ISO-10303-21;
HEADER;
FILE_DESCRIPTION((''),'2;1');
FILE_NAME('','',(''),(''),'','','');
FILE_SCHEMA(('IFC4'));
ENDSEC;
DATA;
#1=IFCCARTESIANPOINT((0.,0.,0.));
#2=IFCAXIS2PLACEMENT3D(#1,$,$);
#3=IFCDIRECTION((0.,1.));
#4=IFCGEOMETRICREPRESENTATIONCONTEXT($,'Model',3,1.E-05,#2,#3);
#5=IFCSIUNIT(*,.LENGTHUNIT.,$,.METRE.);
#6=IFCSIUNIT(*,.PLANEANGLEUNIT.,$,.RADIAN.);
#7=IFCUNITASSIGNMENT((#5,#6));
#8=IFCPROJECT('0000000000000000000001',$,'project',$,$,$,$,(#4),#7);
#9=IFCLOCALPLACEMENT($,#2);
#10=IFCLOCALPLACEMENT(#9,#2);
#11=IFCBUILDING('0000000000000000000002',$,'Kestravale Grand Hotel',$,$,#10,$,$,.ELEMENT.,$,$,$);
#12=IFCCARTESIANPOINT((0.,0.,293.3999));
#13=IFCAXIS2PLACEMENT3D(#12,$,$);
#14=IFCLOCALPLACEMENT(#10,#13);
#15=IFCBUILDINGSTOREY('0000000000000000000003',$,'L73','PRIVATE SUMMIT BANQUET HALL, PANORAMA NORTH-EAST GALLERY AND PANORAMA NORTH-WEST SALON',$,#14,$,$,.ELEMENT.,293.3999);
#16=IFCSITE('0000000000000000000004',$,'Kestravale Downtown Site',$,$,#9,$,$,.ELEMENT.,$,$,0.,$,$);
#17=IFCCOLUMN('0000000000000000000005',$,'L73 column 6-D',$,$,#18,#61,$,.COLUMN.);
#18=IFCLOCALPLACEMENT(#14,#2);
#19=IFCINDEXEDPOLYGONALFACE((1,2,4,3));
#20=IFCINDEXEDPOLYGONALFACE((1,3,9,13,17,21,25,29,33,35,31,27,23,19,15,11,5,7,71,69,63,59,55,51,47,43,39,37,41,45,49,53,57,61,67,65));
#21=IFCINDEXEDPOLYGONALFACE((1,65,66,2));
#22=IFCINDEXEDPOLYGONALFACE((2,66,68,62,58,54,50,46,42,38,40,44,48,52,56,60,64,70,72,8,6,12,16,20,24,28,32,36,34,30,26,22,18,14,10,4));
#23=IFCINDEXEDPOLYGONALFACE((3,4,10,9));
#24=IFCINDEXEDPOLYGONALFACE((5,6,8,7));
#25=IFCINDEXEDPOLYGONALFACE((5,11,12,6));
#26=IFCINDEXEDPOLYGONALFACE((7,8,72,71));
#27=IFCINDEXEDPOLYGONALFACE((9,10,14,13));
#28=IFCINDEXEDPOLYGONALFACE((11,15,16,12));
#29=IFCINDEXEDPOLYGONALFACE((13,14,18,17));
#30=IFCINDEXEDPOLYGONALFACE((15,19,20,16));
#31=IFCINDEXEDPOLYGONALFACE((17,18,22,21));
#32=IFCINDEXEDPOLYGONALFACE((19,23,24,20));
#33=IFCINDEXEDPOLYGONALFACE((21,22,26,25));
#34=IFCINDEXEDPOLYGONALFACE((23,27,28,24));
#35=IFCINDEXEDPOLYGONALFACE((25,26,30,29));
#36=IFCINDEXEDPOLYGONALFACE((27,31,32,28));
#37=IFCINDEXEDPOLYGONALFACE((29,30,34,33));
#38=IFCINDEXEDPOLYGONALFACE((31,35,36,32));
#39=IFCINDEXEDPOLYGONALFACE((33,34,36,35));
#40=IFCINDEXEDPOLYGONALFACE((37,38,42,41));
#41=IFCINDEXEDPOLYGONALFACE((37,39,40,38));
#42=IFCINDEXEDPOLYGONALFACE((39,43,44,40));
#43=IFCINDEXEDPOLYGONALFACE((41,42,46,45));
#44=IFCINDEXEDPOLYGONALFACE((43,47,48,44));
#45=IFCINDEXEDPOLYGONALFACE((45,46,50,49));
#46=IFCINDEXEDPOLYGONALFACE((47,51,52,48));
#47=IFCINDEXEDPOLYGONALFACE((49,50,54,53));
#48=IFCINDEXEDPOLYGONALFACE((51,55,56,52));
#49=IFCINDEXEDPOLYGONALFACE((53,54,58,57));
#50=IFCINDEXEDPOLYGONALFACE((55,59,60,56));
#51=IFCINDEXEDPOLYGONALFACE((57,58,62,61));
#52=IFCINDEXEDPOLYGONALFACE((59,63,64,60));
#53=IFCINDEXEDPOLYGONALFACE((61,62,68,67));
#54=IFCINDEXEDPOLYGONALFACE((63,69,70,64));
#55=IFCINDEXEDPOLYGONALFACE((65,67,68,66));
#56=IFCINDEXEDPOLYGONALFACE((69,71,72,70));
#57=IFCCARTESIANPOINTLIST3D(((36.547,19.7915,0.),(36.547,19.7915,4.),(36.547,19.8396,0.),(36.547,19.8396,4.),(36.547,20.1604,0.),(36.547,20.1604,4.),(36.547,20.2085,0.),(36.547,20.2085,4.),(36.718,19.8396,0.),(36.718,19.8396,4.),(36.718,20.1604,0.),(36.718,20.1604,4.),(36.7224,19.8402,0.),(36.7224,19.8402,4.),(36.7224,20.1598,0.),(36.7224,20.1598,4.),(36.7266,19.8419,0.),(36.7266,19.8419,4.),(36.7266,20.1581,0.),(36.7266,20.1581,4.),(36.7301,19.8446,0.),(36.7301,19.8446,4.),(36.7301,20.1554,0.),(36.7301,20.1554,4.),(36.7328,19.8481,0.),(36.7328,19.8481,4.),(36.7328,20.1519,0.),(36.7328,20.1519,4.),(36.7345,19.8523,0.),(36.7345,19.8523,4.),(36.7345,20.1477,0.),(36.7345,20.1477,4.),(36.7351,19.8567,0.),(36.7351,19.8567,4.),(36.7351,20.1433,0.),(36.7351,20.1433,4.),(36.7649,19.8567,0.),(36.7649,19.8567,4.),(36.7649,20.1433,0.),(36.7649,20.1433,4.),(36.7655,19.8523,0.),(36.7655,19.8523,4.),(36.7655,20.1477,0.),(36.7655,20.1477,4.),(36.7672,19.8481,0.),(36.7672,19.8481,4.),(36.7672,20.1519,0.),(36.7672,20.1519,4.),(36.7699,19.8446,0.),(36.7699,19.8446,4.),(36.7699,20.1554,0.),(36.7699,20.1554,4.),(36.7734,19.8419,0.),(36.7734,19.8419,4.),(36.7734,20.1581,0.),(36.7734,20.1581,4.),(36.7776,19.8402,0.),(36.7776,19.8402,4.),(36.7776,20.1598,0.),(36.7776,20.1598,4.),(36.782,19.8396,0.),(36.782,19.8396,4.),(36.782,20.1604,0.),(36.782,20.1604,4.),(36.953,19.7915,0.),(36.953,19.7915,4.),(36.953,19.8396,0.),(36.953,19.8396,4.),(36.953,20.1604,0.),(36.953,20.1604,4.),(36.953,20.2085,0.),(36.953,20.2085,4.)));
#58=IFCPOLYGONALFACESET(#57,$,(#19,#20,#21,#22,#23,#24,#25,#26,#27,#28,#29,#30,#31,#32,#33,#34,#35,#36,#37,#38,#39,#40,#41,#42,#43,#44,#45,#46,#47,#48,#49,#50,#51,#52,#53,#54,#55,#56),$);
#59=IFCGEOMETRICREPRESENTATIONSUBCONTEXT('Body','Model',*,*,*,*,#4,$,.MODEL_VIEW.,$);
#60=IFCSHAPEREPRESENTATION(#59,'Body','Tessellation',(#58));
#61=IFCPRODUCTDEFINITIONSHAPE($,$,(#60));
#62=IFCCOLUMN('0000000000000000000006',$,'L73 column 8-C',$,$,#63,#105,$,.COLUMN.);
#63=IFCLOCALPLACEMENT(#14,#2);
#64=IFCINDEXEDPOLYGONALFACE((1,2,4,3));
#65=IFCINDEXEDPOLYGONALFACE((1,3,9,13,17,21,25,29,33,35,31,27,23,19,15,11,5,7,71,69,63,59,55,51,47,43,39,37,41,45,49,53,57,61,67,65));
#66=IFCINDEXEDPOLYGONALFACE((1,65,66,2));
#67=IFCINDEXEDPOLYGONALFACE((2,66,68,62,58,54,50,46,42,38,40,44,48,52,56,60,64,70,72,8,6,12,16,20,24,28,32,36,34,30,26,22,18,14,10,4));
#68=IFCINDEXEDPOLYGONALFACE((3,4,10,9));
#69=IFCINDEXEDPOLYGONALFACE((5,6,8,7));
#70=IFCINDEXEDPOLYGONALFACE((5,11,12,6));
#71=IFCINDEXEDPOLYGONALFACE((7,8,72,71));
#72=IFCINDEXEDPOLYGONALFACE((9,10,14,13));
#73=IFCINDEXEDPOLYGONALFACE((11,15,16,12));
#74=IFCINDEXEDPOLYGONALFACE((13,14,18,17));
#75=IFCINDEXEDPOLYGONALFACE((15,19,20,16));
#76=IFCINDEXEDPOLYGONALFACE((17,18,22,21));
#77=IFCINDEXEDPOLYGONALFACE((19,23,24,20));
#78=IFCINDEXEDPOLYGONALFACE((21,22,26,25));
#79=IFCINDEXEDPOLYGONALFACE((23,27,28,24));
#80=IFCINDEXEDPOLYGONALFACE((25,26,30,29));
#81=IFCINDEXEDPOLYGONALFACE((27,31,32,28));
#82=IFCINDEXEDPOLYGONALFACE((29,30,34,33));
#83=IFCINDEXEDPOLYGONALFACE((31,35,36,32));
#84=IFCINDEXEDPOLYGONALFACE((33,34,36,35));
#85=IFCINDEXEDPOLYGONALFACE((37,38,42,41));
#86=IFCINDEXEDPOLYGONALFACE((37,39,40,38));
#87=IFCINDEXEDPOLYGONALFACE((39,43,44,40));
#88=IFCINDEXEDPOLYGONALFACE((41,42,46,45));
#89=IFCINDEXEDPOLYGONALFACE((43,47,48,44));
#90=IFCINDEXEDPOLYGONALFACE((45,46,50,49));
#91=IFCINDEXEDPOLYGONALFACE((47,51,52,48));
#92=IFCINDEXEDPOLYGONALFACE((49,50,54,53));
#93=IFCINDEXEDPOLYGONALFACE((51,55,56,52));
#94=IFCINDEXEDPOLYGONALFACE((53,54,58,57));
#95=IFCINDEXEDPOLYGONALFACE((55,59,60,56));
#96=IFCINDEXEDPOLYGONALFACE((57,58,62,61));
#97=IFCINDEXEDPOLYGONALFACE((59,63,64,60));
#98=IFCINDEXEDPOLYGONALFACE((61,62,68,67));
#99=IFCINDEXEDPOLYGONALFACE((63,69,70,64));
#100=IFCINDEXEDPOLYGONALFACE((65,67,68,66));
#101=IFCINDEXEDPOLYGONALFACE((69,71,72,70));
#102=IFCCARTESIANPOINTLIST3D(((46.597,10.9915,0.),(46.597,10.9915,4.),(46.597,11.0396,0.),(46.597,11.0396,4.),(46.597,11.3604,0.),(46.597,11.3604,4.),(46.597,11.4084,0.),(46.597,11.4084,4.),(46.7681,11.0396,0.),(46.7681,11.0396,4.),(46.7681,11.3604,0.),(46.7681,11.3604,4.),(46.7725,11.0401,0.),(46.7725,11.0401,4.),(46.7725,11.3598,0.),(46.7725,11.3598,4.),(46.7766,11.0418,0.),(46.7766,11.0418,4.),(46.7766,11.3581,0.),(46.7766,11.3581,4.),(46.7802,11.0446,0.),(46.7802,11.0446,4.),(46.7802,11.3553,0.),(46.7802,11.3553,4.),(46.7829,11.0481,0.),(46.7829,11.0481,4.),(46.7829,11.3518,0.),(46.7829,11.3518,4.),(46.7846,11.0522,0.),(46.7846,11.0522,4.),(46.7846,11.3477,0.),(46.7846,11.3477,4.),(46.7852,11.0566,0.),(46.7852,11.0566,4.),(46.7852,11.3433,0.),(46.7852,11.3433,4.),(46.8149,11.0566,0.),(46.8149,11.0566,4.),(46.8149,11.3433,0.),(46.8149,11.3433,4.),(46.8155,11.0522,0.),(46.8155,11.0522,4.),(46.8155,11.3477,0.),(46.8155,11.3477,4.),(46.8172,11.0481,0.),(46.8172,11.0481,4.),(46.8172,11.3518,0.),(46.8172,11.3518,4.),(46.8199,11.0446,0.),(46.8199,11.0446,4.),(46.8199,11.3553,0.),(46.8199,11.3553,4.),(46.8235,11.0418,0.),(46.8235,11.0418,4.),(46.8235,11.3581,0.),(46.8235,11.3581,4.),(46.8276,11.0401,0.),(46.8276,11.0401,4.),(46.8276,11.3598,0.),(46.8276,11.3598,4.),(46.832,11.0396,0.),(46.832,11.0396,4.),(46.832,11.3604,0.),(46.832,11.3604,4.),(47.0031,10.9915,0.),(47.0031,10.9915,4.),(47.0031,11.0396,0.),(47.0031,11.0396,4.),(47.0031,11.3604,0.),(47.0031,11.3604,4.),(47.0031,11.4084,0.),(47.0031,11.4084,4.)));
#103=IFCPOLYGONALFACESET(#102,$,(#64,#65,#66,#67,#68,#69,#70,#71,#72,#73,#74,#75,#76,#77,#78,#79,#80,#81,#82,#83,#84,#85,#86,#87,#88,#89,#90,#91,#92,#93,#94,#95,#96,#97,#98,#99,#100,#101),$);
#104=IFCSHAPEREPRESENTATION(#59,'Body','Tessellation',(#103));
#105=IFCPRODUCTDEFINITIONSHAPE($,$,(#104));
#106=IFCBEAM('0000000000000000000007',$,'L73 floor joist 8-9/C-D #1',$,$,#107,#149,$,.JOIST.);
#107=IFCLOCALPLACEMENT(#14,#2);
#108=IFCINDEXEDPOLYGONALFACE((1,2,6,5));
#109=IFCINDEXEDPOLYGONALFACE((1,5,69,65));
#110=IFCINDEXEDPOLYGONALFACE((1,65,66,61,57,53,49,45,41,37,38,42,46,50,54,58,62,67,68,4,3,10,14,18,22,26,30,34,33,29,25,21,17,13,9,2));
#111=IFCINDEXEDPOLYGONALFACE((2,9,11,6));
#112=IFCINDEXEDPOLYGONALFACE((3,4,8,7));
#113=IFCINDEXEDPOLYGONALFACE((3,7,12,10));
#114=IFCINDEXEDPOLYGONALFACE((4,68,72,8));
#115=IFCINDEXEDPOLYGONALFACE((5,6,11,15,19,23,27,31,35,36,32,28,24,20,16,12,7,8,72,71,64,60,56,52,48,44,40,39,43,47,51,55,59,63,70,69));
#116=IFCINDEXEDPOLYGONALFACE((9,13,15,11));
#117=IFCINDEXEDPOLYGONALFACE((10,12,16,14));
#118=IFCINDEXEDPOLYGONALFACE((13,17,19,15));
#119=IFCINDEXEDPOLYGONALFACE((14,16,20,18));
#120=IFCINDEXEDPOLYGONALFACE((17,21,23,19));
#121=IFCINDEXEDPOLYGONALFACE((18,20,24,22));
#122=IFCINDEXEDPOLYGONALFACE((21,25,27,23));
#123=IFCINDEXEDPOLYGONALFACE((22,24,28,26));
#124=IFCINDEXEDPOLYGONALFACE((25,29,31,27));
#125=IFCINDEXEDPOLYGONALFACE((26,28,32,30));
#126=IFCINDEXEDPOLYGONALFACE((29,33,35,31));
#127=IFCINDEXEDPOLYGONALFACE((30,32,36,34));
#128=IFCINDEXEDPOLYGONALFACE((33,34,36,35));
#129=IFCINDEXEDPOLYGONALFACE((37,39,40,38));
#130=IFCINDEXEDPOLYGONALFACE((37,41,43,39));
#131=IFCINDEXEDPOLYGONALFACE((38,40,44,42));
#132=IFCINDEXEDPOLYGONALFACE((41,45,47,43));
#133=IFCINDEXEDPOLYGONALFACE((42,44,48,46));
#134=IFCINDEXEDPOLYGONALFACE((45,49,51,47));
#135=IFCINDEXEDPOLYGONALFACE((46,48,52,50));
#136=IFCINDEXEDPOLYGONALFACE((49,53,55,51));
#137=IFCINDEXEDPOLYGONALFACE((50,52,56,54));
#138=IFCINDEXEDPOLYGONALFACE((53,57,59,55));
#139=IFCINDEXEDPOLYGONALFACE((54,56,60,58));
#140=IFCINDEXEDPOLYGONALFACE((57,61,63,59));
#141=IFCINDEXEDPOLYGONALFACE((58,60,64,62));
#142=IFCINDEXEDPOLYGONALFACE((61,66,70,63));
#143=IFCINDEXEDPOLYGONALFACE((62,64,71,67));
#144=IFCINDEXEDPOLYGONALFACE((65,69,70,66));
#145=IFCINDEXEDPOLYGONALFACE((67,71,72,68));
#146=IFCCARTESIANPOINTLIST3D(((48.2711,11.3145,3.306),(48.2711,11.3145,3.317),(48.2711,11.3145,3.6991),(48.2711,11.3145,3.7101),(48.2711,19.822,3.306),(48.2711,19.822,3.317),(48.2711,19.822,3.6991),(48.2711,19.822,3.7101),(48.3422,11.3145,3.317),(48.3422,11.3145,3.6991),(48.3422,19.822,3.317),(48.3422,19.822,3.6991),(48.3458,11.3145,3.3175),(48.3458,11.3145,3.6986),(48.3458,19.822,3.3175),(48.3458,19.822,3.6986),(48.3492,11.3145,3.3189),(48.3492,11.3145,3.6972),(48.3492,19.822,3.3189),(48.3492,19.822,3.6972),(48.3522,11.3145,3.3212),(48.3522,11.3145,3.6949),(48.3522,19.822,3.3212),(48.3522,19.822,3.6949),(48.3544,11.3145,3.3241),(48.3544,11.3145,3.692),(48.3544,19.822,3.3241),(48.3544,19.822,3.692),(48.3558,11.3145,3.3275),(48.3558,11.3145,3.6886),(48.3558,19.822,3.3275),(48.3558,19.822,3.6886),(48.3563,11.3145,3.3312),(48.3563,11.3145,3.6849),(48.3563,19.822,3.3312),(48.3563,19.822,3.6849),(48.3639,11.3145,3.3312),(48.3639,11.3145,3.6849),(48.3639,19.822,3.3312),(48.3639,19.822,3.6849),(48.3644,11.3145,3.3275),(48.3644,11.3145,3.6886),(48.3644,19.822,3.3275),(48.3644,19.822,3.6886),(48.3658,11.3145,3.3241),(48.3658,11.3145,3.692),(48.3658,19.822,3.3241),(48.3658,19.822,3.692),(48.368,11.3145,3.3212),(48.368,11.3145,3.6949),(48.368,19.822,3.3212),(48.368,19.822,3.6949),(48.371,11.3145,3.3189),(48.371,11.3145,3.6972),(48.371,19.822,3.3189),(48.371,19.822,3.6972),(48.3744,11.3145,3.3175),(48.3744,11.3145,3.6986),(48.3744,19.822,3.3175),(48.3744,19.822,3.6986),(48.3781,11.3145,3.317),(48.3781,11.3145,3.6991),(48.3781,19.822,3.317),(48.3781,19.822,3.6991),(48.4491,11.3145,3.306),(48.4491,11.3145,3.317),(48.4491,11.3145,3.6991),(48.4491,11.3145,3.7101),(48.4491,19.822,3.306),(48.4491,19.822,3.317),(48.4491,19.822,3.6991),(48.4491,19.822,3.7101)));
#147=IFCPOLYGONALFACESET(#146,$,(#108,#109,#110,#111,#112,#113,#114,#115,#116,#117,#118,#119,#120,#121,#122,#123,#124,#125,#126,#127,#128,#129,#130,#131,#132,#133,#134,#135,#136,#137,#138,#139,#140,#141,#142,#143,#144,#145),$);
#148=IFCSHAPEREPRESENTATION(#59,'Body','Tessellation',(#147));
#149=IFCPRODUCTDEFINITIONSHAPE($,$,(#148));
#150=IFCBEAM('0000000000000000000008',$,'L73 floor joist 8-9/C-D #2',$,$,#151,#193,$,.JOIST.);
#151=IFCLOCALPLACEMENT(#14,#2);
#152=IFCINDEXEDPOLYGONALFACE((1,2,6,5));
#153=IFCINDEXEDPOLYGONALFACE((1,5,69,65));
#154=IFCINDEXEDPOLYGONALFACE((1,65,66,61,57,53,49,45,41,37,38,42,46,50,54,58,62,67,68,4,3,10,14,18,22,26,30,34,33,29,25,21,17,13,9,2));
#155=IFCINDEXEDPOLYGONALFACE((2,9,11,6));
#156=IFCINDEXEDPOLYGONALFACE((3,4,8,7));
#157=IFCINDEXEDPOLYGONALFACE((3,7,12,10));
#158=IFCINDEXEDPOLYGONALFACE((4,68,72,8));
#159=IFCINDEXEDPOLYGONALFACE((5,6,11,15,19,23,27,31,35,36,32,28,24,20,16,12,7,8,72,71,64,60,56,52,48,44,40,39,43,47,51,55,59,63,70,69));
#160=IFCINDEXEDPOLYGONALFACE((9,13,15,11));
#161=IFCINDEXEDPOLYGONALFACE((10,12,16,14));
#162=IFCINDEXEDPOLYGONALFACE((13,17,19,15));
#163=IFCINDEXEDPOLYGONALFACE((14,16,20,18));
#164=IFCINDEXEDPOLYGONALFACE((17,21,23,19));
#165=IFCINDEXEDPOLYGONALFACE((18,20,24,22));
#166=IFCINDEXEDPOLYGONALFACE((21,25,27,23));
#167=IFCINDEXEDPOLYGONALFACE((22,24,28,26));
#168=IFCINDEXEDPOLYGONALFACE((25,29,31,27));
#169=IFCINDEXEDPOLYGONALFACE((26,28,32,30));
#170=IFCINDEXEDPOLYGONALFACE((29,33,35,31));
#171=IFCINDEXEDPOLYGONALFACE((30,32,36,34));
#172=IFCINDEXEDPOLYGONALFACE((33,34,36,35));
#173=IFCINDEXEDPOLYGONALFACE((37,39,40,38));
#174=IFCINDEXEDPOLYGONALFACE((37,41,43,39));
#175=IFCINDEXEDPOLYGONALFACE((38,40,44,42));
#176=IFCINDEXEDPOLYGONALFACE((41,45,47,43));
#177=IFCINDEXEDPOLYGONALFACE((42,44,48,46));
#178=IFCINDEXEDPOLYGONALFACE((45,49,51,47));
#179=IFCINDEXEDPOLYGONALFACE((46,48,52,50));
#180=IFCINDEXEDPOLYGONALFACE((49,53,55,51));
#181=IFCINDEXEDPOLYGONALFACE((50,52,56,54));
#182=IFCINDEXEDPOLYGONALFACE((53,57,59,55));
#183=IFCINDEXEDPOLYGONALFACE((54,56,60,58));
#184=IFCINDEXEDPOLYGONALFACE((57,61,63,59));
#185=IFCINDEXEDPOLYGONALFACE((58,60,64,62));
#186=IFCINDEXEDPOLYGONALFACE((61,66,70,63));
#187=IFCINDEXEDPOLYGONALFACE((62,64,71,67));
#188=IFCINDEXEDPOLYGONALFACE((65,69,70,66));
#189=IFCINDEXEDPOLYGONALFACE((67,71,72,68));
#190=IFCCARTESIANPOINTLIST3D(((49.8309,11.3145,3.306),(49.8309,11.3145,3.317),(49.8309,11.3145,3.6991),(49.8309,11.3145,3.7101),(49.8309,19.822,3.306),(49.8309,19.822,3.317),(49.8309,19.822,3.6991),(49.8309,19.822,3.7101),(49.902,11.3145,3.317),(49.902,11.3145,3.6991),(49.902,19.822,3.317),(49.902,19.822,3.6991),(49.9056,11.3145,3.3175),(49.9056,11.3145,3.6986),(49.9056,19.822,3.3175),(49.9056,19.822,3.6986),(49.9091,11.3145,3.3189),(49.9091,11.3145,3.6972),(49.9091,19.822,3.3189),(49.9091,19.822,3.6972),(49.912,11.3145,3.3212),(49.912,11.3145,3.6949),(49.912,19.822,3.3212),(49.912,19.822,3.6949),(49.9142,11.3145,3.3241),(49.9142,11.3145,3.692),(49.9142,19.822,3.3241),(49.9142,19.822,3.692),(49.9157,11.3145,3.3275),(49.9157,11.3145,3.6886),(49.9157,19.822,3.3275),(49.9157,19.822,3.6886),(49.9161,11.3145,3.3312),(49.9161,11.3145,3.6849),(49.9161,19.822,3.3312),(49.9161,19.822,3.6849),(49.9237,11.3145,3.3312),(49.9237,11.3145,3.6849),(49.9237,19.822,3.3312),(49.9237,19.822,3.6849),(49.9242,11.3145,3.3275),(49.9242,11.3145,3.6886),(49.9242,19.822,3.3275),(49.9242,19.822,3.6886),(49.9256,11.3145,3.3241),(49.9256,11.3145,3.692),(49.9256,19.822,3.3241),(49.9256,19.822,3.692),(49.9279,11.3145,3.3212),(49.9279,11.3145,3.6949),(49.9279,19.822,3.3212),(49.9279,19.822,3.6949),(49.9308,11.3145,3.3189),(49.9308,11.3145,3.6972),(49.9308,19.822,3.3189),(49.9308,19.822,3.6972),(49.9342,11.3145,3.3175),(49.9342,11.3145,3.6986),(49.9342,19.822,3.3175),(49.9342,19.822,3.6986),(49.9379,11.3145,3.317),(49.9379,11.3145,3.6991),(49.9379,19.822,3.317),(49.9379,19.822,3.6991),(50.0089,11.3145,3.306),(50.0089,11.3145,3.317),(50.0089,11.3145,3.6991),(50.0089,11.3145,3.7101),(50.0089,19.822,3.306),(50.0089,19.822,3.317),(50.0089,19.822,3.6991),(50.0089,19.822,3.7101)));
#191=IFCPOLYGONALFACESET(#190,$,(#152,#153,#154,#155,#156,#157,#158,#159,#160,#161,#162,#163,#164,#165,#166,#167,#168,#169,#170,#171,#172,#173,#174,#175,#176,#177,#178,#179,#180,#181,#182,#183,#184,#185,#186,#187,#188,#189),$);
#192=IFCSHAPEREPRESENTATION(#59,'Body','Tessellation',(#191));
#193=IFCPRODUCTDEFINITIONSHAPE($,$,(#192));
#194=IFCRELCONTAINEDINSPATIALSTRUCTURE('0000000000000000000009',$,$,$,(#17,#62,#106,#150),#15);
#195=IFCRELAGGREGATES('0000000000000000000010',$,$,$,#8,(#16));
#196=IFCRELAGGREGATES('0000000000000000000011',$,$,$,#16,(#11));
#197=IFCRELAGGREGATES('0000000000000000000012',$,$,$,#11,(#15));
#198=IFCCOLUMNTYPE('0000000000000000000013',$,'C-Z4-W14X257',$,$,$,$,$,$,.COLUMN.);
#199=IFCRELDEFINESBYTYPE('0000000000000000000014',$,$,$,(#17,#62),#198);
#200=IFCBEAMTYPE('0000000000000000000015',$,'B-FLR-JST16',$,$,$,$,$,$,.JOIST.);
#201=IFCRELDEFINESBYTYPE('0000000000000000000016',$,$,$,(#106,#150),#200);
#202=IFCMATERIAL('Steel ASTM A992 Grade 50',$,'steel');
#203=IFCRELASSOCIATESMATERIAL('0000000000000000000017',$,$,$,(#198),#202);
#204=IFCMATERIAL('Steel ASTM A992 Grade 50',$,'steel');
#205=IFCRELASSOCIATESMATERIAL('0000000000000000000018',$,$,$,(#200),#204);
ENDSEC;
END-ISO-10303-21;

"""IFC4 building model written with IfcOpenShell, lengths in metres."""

from ifc_helpers import new_model, si_unit, direction, frame, origin, origin_2d, place, context, subcontext, project, spatial, i_section, extrude, material, material_profile, profile_set, type_object, element, save


model = new_model("IFC4")

# Units and contexts
model_context = context("Model", 3, precision=1e-05, world=origin(), true_north=direction((0.0, 1.0)))
body_context = subcontext(model_context, "Body", "Model", "MODEL_VIEW")
ifc_project = project(units=[si_unit("LENGTHUNIT", "METRE"), si_unit("PLANEANGLEUNIT", "RADIAN")], contexts=[model_context])

# Site, building, storey
site_placement = place(None, origin())
site = spatial("IfcSite", under=ifc_project, at=site_placement, Name="Kestravale Downtown Site", CompositionType="ELEMENT", RefElevation=0.0)
building_placement = place(site_placement, origin())
building = spatial("IfcBuilding", under=site, at=building_placement, Name="Kestravale Grand Hotel", CompositionType="ELEMENT")
storey_placement = place(building_placement, frame((0.0, 0.0, 293.3999)))
storey = spatial("IfcBuildingStorey", under=building, at=storey_placement, Name="L73", Description="PRIVATE SUMMIT BANQUET HALL, PANORAMA NORTH-EAST GALLERY AND PANORAMA NORTH-WEST SALON", CompositionType="ELEMENT", Elevation=293.3999)

# Columns
ifc_material_1 = material(Name="Steel ASTM A992 Grade 50", Category="steel")
ifc_material_profile_1 = material_profile(ifc_material_1, i_section(OverallWidth=0.406, OverallDepth=0.417, WebThickness=0.0298, FlangeThickness=0.0481, FilletRadius=0.0171, at=origin_2d()))
ifc_profile_set_1 = profile_set([ifc_material_profile_1], Name="Steel ASTM A992 Grade 50")
column_type = type_object("IfcColumnType", Name="C-Z4-W14X257", PredefinedType="COLUMN", material=ifc_profile_set_1)
for number, where, z_axis, x_axis, name in (
    (1, (36.75, 20.0, 0.0), (0.0, 0.0, 1.0), (1.0, 0.0, 0.0), "L73 column 6-D"),
    (2, (46.8, 11.2, 0.0), (0.0, 0.0, 1.0), (1.0, 0.0, 0.0), "L73 column 8-C"),
):
    element("IfcColumn", number, at=place(storey_placement, frame(where, z_axis=z_axis, x_axis=x_axis)), inside=storey, type_object=column_type, Name=name, PredefinedType="COLUMN", context=body_context, shape_type="SweptSolid", body=[
        extrude(i_section(OverallWidth=0.406, OverallDepth=0.417, WebThickness=0.0298, FlangeThickness=0.0481, FilletRadius=0.0171, at=origin_2d()), origin(), (0.0, 0.0, 1.0), 4.0),
    ])

# Beams
ifc_material_2 = material(Name="Steel ASTM A992 Grade 50", Category="steel")
ifc_material_profile_2 = material_profile(ifc_material_2, i_section(OverallWidth=0.178, OverallDepth=0.4041, WebThickness=0.0076, FlangeThickness=0.011, FilletRadius=0.0142, at=origin_2d()))
ifc_profile_set_2 = profile_set([ifc_material_profile_2], Name="Steel ASTM A992 Grade 50")
beam_type_1 = type_object("IfcBeamType", Name="B-FLR-JST16", PredefinedType="JOIST", material=ifc_profile_set_2)
for number, where, z_axis, x_axis, name in (
    (3, (48.3601, 11.3145, 3.5081), (0.0, 1.0, 0.0), (-1.0, 0.0, 0.0), "L73 floor joist 8-9/C-D #1"),
    (4, (49.9199, 11.3145, 3.5081), (0.0, 1.0, 0.0), (-1.0, 0.0, 0.0), "L73 floor joist 8-9/C-D #2"),
):
    element("IfcBeam", number, at=place(storey_placement, frame(where, z_axis=z_axis, x_axis=x_axis)), inside=storey, type_object=beam_type_1, Name=name, PredefinedType="JOIST", context=body_context, shape_type="SweptSolid", body=[
        extrude(i_section(OverallWidth=0.178, OverallDepth=0.4041, WebThickness=0.0076, FlangeThickness=0.011, FilletRadius=0.0142, at=origin_2d()), origin(), (0.0, 0.0, 1.0), 8.5076),
    ])

save(model, "model.ifc")
